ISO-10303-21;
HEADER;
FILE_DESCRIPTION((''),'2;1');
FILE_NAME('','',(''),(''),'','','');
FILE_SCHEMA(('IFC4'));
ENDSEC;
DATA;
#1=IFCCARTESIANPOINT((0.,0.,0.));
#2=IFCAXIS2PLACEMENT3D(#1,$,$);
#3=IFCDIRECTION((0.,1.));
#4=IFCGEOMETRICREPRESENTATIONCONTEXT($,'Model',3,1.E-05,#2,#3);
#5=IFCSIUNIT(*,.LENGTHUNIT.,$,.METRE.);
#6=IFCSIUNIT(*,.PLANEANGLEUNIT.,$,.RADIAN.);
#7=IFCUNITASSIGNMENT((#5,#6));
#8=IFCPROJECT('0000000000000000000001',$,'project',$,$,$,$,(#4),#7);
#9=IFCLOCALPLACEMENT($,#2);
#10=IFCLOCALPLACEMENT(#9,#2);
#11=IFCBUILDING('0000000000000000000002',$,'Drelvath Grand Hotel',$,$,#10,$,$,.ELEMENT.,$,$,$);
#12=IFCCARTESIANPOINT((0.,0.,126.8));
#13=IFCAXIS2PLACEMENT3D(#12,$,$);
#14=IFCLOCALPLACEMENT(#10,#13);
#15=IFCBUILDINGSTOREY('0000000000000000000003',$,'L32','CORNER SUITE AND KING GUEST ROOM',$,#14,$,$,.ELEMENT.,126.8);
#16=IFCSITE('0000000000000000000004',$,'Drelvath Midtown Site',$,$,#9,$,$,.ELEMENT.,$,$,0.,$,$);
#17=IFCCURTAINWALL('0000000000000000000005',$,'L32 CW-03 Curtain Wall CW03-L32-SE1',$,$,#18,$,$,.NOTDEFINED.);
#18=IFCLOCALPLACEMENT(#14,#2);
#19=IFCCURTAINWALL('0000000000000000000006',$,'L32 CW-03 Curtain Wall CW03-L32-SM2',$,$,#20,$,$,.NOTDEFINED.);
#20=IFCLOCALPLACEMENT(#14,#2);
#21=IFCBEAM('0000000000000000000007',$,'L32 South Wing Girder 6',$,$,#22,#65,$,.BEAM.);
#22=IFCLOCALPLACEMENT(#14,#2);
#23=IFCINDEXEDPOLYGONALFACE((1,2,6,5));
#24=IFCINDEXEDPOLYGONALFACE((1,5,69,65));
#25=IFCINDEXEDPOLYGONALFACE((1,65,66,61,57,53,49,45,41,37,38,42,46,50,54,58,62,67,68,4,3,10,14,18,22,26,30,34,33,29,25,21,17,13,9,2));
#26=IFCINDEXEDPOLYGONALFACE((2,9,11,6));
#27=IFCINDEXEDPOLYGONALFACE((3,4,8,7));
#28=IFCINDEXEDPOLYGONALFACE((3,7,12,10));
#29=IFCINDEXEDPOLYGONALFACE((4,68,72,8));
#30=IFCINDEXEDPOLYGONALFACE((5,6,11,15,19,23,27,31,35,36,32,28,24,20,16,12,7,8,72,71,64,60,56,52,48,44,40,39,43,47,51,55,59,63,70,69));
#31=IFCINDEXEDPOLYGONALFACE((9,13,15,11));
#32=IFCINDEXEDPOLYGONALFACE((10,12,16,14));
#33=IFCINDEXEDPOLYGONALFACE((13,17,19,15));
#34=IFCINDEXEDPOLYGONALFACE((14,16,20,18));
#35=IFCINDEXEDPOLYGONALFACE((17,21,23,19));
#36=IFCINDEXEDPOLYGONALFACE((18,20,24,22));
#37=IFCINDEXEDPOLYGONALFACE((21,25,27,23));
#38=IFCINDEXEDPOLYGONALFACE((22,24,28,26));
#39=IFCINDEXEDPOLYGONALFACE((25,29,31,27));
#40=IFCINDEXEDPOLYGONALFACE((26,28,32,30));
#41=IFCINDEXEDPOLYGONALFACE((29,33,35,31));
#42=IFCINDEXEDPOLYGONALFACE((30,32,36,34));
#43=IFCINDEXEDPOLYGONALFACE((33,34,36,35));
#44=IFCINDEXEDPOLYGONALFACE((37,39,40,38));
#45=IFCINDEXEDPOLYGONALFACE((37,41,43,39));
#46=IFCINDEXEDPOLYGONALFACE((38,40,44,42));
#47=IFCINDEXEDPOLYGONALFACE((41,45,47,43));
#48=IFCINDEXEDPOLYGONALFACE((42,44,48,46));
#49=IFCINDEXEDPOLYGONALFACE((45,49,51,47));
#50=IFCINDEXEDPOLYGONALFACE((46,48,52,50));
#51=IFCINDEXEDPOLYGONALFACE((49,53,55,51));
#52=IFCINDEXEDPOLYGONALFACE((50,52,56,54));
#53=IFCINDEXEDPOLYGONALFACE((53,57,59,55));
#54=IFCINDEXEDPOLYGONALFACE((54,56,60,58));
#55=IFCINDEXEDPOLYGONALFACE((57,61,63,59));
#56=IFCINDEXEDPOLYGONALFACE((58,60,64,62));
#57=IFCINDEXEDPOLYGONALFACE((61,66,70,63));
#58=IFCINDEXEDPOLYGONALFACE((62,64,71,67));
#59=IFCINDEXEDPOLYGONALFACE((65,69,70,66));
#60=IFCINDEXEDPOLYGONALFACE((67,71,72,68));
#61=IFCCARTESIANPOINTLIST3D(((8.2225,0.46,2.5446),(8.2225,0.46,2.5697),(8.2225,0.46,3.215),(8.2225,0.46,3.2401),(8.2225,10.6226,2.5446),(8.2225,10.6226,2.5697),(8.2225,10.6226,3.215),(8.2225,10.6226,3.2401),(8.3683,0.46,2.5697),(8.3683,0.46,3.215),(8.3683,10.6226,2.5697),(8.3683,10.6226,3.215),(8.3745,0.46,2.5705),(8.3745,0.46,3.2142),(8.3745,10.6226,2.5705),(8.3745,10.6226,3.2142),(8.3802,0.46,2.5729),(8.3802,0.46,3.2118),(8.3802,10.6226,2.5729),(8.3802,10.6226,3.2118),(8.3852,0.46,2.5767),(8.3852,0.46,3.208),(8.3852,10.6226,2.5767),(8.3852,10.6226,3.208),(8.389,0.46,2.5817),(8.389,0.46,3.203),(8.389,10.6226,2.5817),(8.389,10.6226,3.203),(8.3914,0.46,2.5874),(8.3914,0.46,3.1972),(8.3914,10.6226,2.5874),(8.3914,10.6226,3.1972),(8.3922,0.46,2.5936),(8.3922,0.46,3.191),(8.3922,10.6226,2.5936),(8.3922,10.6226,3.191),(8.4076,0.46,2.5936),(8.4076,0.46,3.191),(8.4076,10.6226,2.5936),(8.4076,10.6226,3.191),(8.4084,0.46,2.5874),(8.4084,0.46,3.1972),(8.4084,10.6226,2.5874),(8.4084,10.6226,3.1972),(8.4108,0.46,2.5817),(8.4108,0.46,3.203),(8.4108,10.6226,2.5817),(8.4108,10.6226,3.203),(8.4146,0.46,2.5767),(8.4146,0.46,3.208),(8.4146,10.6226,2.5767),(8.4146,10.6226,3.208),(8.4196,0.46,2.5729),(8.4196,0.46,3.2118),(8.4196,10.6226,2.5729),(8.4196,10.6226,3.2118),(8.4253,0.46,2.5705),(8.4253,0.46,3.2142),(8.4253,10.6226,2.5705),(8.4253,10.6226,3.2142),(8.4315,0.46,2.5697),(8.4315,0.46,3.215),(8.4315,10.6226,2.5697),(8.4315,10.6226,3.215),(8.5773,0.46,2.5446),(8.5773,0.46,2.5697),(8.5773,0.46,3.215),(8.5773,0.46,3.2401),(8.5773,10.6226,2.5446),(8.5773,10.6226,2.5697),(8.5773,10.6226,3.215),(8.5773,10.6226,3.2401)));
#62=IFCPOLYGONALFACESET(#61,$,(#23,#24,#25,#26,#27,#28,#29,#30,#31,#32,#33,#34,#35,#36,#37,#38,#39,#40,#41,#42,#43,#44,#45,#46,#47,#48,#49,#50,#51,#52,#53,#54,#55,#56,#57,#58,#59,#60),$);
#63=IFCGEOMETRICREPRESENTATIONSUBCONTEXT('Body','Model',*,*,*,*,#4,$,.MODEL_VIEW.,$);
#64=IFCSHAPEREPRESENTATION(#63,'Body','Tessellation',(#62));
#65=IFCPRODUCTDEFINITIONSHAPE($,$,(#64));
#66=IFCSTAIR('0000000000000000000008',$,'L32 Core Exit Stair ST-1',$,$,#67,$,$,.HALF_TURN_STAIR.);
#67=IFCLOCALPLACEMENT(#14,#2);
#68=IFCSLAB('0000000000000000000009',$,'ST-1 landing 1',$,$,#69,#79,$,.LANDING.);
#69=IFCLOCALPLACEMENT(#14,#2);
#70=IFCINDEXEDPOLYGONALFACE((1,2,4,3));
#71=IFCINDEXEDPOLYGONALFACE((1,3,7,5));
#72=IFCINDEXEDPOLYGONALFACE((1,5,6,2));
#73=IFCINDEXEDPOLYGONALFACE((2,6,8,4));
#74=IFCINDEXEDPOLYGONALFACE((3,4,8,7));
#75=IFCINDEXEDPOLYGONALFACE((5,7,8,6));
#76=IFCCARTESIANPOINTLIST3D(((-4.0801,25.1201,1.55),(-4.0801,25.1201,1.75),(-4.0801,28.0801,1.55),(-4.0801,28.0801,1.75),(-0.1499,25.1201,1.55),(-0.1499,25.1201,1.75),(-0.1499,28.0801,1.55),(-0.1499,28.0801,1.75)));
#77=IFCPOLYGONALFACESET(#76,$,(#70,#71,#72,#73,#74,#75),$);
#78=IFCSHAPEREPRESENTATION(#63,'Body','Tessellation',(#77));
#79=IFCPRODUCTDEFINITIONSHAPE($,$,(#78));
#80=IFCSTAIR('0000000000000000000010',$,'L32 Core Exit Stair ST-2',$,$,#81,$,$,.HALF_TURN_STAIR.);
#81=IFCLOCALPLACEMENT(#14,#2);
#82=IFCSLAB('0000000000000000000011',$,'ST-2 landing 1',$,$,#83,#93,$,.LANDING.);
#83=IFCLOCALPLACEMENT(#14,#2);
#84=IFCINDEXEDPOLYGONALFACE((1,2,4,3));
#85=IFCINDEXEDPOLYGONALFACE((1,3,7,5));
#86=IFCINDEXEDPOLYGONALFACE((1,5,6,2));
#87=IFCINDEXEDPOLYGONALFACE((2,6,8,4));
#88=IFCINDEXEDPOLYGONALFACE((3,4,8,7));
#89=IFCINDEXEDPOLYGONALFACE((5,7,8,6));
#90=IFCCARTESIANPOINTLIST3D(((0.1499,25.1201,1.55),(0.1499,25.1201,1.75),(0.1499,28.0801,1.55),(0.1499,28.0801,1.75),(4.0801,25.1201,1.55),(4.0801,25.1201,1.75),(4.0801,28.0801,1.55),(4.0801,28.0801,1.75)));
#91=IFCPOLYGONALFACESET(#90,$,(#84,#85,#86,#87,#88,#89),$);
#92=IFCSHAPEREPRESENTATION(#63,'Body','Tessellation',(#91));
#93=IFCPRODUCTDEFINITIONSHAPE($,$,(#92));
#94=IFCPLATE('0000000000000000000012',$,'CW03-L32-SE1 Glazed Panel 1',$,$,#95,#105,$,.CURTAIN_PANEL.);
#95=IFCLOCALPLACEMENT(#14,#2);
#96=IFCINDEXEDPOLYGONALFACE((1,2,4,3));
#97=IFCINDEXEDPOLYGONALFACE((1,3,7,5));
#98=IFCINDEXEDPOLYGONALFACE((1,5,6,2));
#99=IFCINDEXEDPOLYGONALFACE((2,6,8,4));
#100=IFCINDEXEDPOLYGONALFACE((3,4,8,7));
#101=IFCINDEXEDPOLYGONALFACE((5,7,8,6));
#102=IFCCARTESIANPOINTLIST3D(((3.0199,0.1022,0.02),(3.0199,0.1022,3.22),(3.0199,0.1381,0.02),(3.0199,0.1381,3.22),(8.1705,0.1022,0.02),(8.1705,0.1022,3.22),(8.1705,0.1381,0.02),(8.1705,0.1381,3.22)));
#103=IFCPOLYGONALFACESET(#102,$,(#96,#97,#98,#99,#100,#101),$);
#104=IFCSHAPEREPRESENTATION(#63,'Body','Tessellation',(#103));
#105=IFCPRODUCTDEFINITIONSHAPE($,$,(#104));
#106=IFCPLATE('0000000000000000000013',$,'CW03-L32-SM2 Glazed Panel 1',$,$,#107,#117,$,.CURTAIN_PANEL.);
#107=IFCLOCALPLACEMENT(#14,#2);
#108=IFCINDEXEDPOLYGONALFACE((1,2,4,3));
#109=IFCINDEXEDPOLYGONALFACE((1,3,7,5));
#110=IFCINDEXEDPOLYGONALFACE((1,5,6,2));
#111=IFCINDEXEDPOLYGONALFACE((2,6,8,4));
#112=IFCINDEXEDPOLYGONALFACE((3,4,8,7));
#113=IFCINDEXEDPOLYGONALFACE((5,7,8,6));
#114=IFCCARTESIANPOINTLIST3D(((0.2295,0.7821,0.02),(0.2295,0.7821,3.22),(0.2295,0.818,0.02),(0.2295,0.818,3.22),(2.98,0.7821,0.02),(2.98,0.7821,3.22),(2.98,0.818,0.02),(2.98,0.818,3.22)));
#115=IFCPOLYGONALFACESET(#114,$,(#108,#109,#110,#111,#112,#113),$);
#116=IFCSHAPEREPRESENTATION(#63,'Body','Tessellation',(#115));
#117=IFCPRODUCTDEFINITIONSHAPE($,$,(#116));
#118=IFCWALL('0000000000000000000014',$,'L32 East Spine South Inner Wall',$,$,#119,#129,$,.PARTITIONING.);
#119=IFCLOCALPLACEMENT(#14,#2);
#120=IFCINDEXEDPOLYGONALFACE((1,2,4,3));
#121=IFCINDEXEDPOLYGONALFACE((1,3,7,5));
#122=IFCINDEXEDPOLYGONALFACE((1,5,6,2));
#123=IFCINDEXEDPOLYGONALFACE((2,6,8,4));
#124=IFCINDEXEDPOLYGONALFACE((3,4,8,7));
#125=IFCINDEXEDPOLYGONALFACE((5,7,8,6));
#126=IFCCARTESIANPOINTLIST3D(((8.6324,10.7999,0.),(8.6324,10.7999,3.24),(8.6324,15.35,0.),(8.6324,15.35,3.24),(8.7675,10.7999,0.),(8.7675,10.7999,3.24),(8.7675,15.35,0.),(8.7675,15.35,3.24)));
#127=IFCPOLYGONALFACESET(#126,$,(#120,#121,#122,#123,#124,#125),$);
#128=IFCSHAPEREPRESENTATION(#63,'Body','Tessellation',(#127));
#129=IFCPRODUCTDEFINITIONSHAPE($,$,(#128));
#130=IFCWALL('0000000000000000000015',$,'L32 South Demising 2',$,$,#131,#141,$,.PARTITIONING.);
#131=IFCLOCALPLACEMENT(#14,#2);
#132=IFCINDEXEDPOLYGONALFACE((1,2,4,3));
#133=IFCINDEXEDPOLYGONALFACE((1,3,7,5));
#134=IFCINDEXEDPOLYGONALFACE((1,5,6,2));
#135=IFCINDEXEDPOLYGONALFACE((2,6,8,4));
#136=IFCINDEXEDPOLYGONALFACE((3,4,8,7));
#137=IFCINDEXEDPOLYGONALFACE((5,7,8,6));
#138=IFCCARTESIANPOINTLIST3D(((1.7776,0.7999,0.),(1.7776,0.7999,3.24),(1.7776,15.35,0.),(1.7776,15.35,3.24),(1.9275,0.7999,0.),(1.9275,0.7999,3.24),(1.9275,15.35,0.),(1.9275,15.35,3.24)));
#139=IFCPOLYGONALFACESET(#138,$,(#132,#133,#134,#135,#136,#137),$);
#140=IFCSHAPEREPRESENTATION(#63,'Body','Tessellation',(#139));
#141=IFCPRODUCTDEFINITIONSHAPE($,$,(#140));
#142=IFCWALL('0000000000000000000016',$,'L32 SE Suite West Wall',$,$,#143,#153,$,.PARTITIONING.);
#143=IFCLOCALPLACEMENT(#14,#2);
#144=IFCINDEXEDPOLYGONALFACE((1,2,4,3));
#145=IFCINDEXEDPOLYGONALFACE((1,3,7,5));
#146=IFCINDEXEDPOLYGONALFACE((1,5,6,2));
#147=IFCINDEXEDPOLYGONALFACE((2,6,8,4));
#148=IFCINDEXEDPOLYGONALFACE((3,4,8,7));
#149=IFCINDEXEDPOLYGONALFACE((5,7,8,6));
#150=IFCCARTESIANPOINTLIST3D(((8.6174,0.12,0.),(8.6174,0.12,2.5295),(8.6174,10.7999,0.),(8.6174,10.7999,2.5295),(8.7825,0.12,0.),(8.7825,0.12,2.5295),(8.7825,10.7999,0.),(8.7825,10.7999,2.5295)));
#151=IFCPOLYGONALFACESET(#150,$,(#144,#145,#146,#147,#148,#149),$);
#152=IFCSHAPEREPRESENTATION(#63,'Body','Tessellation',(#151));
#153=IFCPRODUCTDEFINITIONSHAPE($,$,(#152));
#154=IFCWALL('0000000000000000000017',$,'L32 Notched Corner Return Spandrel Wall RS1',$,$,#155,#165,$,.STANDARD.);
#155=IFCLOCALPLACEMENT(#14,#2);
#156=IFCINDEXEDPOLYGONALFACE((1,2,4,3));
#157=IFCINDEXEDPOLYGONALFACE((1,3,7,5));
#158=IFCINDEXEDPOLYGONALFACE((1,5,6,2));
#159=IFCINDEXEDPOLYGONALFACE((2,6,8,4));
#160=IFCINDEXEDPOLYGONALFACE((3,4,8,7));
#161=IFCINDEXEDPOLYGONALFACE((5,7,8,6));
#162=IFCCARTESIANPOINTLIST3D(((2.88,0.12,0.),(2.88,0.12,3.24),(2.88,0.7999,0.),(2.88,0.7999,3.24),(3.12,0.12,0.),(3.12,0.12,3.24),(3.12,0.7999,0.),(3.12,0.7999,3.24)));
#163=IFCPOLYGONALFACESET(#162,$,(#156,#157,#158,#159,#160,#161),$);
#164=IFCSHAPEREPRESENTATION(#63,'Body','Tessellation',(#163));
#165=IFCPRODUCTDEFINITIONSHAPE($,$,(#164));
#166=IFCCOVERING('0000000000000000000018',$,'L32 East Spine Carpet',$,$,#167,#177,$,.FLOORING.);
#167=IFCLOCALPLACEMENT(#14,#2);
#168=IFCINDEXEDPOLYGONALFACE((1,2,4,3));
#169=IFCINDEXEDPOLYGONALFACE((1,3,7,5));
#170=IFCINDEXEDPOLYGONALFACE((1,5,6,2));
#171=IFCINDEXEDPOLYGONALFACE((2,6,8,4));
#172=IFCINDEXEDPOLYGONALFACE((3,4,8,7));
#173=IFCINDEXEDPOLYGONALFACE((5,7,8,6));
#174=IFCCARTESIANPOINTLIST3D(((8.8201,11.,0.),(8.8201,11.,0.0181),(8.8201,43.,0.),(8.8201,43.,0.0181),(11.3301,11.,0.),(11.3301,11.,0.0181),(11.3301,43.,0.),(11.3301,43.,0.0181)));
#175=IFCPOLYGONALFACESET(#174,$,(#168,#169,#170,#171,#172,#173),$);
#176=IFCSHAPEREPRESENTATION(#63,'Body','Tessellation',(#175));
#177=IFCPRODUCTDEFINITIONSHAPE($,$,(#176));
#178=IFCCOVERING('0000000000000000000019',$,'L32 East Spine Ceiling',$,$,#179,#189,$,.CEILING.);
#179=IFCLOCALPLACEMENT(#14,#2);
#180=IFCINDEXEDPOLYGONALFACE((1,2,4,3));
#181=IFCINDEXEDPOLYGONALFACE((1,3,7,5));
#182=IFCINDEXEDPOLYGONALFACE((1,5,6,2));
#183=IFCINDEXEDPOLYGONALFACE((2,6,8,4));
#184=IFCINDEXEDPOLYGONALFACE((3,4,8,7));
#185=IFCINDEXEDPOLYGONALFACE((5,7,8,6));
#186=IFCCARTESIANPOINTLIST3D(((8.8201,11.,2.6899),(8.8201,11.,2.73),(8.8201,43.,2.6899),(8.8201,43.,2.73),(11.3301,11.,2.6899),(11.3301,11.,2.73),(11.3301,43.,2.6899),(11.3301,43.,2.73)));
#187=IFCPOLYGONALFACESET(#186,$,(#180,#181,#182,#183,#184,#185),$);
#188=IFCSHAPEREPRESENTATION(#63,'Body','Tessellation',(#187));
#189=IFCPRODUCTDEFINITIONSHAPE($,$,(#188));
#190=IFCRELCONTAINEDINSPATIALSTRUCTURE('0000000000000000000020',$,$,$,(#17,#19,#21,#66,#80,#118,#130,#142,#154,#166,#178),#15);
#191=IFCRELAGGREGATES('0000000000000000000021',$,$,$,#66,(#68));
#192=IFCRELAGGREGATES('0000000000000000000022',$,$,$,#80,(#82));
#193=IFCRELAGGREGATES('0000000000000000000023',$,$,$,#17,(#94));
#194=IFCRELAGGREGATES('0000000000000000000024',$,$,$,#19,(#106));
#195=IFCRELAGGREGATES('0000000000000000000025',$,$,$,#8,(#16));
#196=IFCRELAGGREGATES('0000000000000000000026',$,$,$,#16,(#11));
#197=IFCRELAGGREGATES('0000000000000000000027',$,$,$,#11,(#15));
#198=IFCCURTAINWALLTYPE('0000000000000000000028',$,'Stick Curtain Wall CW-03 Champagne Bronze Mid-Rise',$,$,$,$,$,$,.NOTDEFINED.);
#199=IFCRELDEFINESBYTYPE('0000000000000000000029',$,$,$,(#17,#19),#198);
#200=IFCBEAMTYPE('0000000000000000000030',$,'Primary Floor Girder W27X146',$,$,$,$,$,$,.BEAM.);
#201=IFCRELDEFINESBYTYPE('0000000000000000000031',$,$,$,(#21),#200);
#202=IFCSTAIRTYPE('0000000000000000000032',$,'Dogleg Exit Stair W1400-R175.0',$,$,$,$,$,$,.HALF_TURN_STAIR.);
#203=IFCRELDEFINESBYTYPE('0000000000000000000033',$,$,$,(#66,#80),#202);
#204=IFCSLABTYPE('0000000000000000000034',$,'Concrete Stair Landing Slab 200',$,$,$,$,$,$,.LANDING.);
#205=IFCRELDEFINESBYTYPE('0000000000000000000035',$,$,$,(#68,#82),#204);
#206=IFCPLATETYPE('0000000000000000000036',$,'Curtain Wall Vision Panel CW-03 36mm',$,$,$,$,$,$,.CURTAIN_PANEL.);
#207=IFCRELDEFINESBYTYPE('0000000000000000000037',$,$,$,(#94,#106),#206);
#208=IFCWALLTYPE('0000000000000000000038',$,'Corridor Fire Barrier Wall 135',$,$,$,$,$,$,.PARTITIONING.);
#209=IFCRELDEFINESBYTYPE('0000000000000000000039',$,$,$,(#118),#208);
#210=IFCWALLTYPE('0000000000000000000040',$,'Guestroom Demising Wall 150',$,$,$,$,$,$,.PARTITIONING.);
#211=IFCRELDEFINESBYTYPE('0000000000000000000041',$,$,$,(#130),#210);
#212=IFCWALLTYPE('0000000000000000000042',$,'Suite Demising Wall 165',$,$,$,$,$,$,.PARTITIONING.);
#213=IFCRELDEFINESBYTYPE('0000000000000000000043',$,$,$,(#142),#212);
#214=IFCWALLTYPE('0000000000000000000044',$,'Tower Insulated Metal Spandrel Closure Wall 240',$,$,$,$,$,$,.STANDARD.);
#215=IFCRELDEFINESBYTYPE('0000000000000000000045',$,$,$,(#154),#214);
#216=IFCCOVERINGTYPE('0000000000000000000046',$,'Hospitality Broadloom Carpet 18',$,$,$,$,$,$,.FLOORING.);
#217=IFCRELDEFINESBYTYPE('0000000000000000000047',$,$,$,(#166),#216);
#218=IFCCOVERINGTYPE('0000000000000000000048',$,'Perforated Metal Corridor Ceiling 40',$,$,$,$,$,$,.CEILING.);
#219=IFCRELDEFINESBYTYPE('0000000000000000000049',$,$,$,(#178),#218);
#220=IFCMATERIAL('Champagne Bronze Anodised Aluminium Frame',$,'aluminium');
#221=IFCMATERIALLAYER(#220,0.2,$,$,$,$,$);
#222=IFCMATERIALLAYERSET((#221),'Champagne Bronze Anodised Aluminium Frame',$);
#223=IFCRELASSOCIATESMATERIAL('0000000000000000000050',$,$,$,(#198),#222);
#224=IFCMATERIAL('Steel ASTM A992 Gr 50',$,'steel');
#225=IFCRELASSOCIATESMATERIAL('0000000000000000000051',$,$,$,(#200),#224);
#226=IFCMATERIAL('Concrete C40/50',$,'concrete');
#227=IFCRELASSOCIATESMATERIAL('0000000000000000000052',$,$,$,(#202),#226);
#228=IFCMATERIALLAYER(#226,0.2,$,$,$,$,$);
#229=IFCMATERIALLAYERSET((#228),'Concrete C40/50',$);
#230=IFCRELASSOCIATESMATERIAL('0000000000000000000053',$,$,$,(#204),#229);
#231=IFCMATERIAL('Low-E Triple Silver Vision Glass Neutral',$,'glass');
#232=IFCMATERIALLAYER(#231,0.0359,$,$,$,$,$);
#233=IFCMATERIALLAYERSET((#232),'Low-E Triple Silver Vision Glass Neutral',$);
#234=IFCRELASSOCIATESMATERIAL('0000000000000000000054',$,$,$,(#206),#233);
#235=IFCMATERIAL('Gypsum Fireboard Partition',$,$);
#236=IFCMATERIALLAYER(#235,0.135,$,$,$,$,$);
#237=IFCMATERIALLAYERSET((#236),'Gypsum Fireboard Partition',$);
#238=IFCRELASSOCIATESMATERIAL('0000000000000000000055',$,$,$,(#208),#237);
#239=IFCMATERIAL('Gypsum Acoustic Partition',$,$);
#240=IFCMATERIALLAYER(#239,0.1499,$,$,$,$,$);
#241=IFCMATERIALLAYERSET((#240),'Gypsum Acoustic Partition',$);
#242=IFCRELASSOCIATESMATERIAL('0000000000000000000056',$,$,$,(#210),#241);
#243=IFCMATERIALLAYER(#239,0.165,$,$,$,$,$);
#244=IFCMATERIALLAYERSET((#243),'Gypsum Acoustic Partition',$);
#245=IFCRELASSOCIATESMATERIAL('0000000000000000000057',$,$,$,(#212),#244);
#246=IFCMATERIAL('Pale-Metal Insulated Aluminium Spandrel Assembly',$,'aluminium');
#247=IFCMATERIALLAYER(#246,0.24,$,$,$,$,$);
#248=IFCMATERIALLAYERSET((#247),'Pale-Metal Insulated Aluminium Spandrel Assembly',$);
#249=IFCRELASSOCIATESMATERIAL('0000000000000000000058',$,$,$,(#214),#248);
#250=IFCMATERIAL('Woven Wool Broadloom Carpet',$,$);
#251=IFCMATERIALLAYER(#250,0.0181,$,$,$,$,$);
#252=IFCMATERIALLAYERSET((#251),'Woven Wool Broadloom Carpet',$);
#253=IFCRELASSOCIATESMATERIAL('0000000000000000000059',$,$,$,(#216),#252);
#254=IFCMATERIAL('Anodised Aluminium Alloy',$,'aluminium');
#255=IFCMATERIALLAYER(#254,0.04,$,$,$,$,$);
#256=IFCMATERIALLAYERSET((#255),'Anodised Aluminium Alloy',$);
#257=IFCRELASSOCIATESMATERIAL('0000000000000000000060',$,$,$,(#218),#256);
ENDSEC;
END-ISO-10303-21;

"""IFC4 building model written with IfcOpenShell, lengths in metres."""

from ifc_helpers import new_model, si_unit, direction, frame, frame_2d, origin, origin_2d, place, context, subcontext, project, spatial, polyline, rectangle, i_section, outline, extrude, material, layer, layer_set, material_profile, profile_set, type_object, element, aggregate, save


model = new_model("IFC4")

# Units and contexts
model_context = context("Model", 3, precision=1e-05, world=origin(), true_north=direction((0.0, 1.0)))
body_context = subcontext(model_context, "Body", "Model", "MODEL_VIEW")
ifc_project = project(units=[si_unit("LENGTHUNIT", "METRE"), si_unit("PLANEANGLEUNIT", "RADIAN")], contexts=[model_context])

# Site, building, storey
site_placement = place(None, origin())
site = spatial("IfcSite", under=ifc_project, at=site_placement, Name="Drelvath Midtown Site", CompositionType="ELEMENT", RefElevation=0.0)
building_placement = place(site_placement, origin())
building = spatial("IfcBuilding", under=site, at=building_placement, Name="Drelvath Grand Hotel", CompositionType="ELEMENT")
storey_placement = place(building_placement, frame((0.0, 0.0, 126.8)))
storey = spatial("IfcBuildingStorey", under=building, at=storey_placement, Name="L32", Description="CORNER SUITE AND KING GUEST ROOM", CompositionType="ELEMENT", Elevation=126.8)

# Curtain walls
ifc_material_1 = material(Name="Champagne Bronze Anodised Aluminium Frame", Category="aluminium")
ifc_layer_1 = layer(ifc_material_1, 0.2)
ifc_layer_set_1 = layer_set([ifc_layer_1], Name="Champagne Bronze Anodised Aluminium Frame")
curtain_wall_type = type_object("IfcCurtainWallType", Name="Stick Curtain Wall CW-03 Champagne Bronze Mid-Rise", PredefinedType="NOTDEFINED", material=ifc_layer_set_1)
curtain_wall_1_placement = place(storey_placement, origin())
curtain_wall_1 = element("IfcCurtainWall", 1, at=curtain_wall_1_placement, inside=storey, type_object=curtain_wall_type, Name="L32 CW-03 Curtain Wall CW03-L32-SE1", PredefinedType="NOTDEFINED")
curtain_wall_2_placement = place(storey_placement, origin())
curtain_wall_2 = element("IfcCurtainWall", 2, at=curtain_wall_2_placement, inside=storey, type_object=curtain_wall_type, Name="L32 CW-03 Curtain Wall CW03-L32-SM2", PredefinedType="NOTDEFINED")

# Beam
ifc_material_2 = material(Name="Steel ASTM A992 Gr 50", Category="steel")
ifc_material_profile_1 = material_profile(ifc_material_2, i_section(OverallWidth=0.3547, OverallDepth=0.6956, WebThickness=0.0154, FlangeThickness=0.0251, FilletRadius=0.0239, at=origin_2d()), Name="W27X146")
ifc_profile_set_1 = profile_set([ifc_material_profile_1], Name="Steel ASTM A992 Gr 50")
beam_type_1 = type_object("IfcBeamType", Name="Primary Floor Girder W27X146", PredefinedType="BEAM", material=ifc_profile_set_1)
beam_1_placement = place(storey_placement, frame((8.3999, 0.46, 2.8923), z_axis=(0.0, 1.0, 0.0), x_axis=(-1.0, 0.0, 0.0)))
element("IfcBeam", 3, at=beam_1_placement, inside=storey, type_object=beam_type_1, Name="L32 South Wing Girder 6", PredefinedType="BEAM", context=body_context, shape_type="SweptSolid", body=[
    extrude(i_section(OverallWidth=0.3547, OverallDepth=0.6956, WebThickness=0.0154, FlangeThickness=0.0251, FilletRadius=0.0239, at=origin_2d()), origin(), (0.0, 0.0, 1.0), 10.1626),
])

# Stairs, slabs
ifc_material_3 = material(Name="Concrete C40/50", Category="concrete")
stair_type = type_object("IfcStairType", Name="Dogleg Exit Stair W1400-R175.0", PredefinedType="HALF_TURN_STAIR", material=ifc_material_3)
stair_1_placement = place(storey_placement, origin())
stair_1 = element("IfcStair", 4, at=stair_1_placement, inside=storey, type_object=stair_type, Name="L32 Core Exit Stair ST-1", PredefinedType="HALF_TURN_STAIR")
ifc_layer_2 = layer(ifc_material_3, 0.2)
ifc_layer_set_2 = layer_set([ifc_layer_2], Name="Concrete C40/50")
slab_type = type_object("IfcSlabType", Name="Concrete Stair Landing Slab 200", PredefinedType="LANDING", material=ifc_layer_set_2)
slab_1_placement = place(storey_placement, frame((0.0, 0.0, 1.55)))
slab_1 = element("IfcSlab", 5, at=slab_1_placement, type_object=slab_type, Name="ST-1 landing 1", PredefinedType="LANDING", context=body_context, shape_type="SweptSolid", body=[
    extrude(outline(polyline([(-4.0801, 25.1201), (-0.1499, 25.1201), (-0.1499, 28.0801), (-4.0801, 28.0801), (-4.0801, 25.1201)])), origin(), (0.0, 0.0, 1.0), 0.2),
])
aggregate(stair_1, [slab_1])
stair_2_placement = place(storey_placement, origin())
stair_2 = element("IfcStair", 6, at=stair_2_placement, inside=storey, type_object=stair_type, Name="L32 Core Exit Stair ST-2", PredefinedType="HALF_TURN_STAIR")
slab_2_placement = place(storey_placement, frame((0.0, 0.0, 1.55)))
slab_2 = element("IfcSlab", 7, at=slab_2_placement, type_object=slab_type, Name="ST-2 landing 1", PredefinedType="LANDING", context=body_context, shape_type="SweptSolid", body=[
    extrude(outline(polyline([(4.0801, 28.0801), (0.1499, 28.0801), (0.1499, 25.1201), (4.0801, 25.1201), (4.0801, 28.0801)])), origin(), (0.0, 0.0, 1.0), 0.2),
])
aggregate(stair_2, [slab_2])

# Plates
ifc_material_4 = material(Name="Low-E Triple Silver Vision Glass Neutral", Category="glass")
ifc_layer_3 = layer(ifc_material_4, 0.0359)
ifc_layer_set_3 = layer_set([ifc_layer_3], Name="Low-E Triple Silver Vision Glass Neutral")
plate_type = type_object("IfcPlateType", Name="Curtain Wall Vision Panel CW-03 36mm", PredefinedType="CURTAIN_PANEL", material=ifc_layer_set_3)
plate_1_placement = place(storey_placement, frame((5.5952, 0.1201, 0.02), z_axis=(0.0, 0.0, 1.0), x_axis=(-1.0, 0.0, 0.0)))
plate_1 = element("IfcPlate", 8, at=plate_1_placement, type_object=plate_type, Name="CW03-L32-SE1 Glazed Panel 1", PredefinedType="CURTAIN_PANEL", context=body_context, shape_type="SweptSolid", body=[
    extrude(rectangle(XDim=5.1506, YDim=0.0359, at=origin_2d()), origin(), (0.0, 0.0, 1.0), 3.2),
])
aggregate(curtain_wall_1, [plate_1])
plate_2_placement = place(storey_placement, frame((1.6047, 0.8, 0.02), z_axis=(0.0, 0.0, 1.0), x_axis=(-1.0, 0.0, 0.0)))
plate_2 = element("IfcPlate", 9, at=plate_2_placement, type_object=plate_type, Name="CW03-L32-SM2 Glazed Panel 1", PredefinedType="CURTAIN_PANEL", context=body_context, shape_type="SweptSolid", body=[
    extrude(rectangle(XDim=2.7505, YDim=0.0359, at=origin_2d()), origin(), (0.0, 0.0, 1.0), 3.2),
])
aggregate(curtain_wall_2, [plate_2])

# Walls
ifc_material_5 = material(Name="Gypsum Fireboard Partition")
ifc_layer_4 = layer(ifc_material_5, 0.135)
ifc_layer_set_4 = layer_set([ifc_layer_4], Name="Gypsum Fireboard Partition")
wall_type_1 = type_object("IfcWallType", Name="Corridor Fire Barrier Wall 135", PredefinedType="PARTITIONING", material=ifc_layer_set_4)
wall_1_placement = place(storey_placement, frame((8.7, 10.8, 0.0), z_axis=(0.0, 0.0, 1.0), x_axis=(0.0, 1.0, 0.0)))
element("IfcWall", 10, at=wall_1_placement, inside=storey, type_object=wall_type_1, Name="L32 East Spine South Inner Wall", PredefinedType="PARTITIONING", context=body_context, shape_type="SweptSolid", body=[
    extrude(rectangle(XDim=4.55, YDim=0.135, at=frame_2d((2.2749, 0.0))), origin(), (0.0, 0.0, 1.0), 3.24),
])
ifc_material_6 = material(Name="Gypsum Acoustic Partition")
ifc_layer_5 = layer(ifc_material_6, 0.1499)
ifc_layer_set_5 = layer_set([ifc_layer_5], Name="Gypsum Acoustic Partition")
wall_type_2 = type_object("IfcWallType", Name="Guestroom Demising Wall 150", PredefinedType="PARTITIONING", material=ifc_layer_set_5)
wall_2_placement = place(storey_placement, frame((1.8525, 0.8, 0.0), z_axis=(0.0, 0.0, 1.0), x_axis=(0.0, 1.0, 0.0)))
element("IfcWall", 11, at=wall_2_placement, inside=storey, type_object=wall_type_2, Name="L32 South Demising 2", PredefinedType="PARTITIONING", context=body_context, shape_type="SweptSolid", body=[
    extrude(rectangle(XDim=14.55, YDim=0.1499, at=frame_2d((7.2749, 0.0))), origin(), (0.0, 0.0, 1.0), 3.24),
])
ifc_layer_6 = layer(ifc_material_6, 0.165)
ifc_layer_set_6 = layer_set([ifc_layer_6], Name="Gypsum Acoustic Partition")
wall_type_3 = type_object("IfcWallType", Name="Suite Demising Wall 165", PredefinedType="PARTITIONING", material=ifc_layer_set_6)
wall_3_placement = place(storey_placement, frame((8.7, 0.1201, 0.0), z_axis=(0.0, 0.0, 1.0), x_axis=(0.0, 1.0, 0.0)))
element("IfcWall", 12, at=wall_3_placement, inside=storey, type_object=wall_type_3, Name="L32 SE Suite West Wall", PredefinedType="PARTITIONING", context=body_context, shape_type="SweptSolid", body=[
    extrude(rectangle(XDim=10.6799, YDim=0.165, at=frame_2d((5.3398, 0.0))), origin(), (0.0, 0.0, 1.0), 2.5295),
])
ifc_material_7 = material(Name="Pale-Metal Insulated Aluminium Spandrel Assembly", Category="aluminium")
ifc_layer_7 = layer(ifc_material_7, 0.24)
ifc_layer_set_7 = layer_set([ifc_layer_7], Name="Pale-Metal Insulated Aluminium Spandrel Assembly")
wall_type_4 = type_object("IfcWallType", Name="Tower Insulated Metal Spandrel Closure Wall 240", PredefinedType="STANDARD", material=ifc_layer_set_7)
wall_4_placement = place(storey_placement, frame((3.0, 0.1201, 0.0), z_axis=(0.0, 0.0, 1.0), x_axis=(0.0, 1.0, 0.0)))
element("IfcWall", 13, at=wall_4_placement, inside=storey, type_object=wall_type_4, Name="L32 Notched Corner Return Spandrel Wall RS1", PredefinedType="STANDARD", context=body_context, shape_type="SweptSolid", body=[
    extrude(rectangle(XDim=0.6799, YDim=0.24, at=frame_2d((0.3398, 0.0))), origin(), (0.0, 0.0, 1.0), 3.24),
])

# Coverings
ifc_material_8 = material(Name="Woven Wool Broadloom Carpet")
ifc_layer_8 = layer(ifc_material_8, 0.0181)
ifc_layer_set_8 = layer_set([ifc_layer_8], Name="Woven Wool Broadloom Carpet")
covering_type_1 = type_object("IfcCoveringType", Name="Hospitality Broadloom Carpet 18", PredefinedType="FLOORING", material=ifc_layer_set_8)
covering_1_placement = place(storey_placement, origin())
element("IfcCovering", 14, at=covering_1_placement, inside=storey, type_object=covering_type_1, Name="L32 East Spine Carpet", PredefinedType="FLOORING", context=body_context, shape_type="SweptSolid", body=[
    extrude(outline(polyline([(11.3301, 11.0), (11.3301, 43.0), (8.8201, 43.0), (8.8201, 11.0), (11.3301, 11.0)])), origin(), (0.0, 0.0, 1.0), 0.0181),
])
ifc_material_9 = material(Name="Anodised Aluminium Alloy", Category="aluminium")
ifc_layer_9 = layer(ifc_material_9, 0.04)
ifc_layer_set_9 = layer_set([ifc_layer_9], Name="Anodised Aluminium Alloy")
covering_type_2 = type_object("IfcCoveringType", Name="Perforated Metal Corridor Ceiling 40", PredefinedType="CEILING", material=ifc_layer_set_9)
covering_2_placement = place(storey_placement, frame((0.0, 0.0, 2.6899)))
element("IfcCovering", 15, at=covering_2_placement, inside=storey, type_object=covering_type_2, Name="L32 East Spine Ceiling", PredefinedType="CEILING", context=body_context, shape_type="SweptSolid", body=[
    extrude(outline(polyline([(11.3301, 11.0), (11.3301, 43.0), (8.8201, 43.0), (8.8201, 11.0), (11.3301, 11.0)])), origin(), (0.0, 0.0, 1.0), 0.04),
])

save(model, "model.ifc")
